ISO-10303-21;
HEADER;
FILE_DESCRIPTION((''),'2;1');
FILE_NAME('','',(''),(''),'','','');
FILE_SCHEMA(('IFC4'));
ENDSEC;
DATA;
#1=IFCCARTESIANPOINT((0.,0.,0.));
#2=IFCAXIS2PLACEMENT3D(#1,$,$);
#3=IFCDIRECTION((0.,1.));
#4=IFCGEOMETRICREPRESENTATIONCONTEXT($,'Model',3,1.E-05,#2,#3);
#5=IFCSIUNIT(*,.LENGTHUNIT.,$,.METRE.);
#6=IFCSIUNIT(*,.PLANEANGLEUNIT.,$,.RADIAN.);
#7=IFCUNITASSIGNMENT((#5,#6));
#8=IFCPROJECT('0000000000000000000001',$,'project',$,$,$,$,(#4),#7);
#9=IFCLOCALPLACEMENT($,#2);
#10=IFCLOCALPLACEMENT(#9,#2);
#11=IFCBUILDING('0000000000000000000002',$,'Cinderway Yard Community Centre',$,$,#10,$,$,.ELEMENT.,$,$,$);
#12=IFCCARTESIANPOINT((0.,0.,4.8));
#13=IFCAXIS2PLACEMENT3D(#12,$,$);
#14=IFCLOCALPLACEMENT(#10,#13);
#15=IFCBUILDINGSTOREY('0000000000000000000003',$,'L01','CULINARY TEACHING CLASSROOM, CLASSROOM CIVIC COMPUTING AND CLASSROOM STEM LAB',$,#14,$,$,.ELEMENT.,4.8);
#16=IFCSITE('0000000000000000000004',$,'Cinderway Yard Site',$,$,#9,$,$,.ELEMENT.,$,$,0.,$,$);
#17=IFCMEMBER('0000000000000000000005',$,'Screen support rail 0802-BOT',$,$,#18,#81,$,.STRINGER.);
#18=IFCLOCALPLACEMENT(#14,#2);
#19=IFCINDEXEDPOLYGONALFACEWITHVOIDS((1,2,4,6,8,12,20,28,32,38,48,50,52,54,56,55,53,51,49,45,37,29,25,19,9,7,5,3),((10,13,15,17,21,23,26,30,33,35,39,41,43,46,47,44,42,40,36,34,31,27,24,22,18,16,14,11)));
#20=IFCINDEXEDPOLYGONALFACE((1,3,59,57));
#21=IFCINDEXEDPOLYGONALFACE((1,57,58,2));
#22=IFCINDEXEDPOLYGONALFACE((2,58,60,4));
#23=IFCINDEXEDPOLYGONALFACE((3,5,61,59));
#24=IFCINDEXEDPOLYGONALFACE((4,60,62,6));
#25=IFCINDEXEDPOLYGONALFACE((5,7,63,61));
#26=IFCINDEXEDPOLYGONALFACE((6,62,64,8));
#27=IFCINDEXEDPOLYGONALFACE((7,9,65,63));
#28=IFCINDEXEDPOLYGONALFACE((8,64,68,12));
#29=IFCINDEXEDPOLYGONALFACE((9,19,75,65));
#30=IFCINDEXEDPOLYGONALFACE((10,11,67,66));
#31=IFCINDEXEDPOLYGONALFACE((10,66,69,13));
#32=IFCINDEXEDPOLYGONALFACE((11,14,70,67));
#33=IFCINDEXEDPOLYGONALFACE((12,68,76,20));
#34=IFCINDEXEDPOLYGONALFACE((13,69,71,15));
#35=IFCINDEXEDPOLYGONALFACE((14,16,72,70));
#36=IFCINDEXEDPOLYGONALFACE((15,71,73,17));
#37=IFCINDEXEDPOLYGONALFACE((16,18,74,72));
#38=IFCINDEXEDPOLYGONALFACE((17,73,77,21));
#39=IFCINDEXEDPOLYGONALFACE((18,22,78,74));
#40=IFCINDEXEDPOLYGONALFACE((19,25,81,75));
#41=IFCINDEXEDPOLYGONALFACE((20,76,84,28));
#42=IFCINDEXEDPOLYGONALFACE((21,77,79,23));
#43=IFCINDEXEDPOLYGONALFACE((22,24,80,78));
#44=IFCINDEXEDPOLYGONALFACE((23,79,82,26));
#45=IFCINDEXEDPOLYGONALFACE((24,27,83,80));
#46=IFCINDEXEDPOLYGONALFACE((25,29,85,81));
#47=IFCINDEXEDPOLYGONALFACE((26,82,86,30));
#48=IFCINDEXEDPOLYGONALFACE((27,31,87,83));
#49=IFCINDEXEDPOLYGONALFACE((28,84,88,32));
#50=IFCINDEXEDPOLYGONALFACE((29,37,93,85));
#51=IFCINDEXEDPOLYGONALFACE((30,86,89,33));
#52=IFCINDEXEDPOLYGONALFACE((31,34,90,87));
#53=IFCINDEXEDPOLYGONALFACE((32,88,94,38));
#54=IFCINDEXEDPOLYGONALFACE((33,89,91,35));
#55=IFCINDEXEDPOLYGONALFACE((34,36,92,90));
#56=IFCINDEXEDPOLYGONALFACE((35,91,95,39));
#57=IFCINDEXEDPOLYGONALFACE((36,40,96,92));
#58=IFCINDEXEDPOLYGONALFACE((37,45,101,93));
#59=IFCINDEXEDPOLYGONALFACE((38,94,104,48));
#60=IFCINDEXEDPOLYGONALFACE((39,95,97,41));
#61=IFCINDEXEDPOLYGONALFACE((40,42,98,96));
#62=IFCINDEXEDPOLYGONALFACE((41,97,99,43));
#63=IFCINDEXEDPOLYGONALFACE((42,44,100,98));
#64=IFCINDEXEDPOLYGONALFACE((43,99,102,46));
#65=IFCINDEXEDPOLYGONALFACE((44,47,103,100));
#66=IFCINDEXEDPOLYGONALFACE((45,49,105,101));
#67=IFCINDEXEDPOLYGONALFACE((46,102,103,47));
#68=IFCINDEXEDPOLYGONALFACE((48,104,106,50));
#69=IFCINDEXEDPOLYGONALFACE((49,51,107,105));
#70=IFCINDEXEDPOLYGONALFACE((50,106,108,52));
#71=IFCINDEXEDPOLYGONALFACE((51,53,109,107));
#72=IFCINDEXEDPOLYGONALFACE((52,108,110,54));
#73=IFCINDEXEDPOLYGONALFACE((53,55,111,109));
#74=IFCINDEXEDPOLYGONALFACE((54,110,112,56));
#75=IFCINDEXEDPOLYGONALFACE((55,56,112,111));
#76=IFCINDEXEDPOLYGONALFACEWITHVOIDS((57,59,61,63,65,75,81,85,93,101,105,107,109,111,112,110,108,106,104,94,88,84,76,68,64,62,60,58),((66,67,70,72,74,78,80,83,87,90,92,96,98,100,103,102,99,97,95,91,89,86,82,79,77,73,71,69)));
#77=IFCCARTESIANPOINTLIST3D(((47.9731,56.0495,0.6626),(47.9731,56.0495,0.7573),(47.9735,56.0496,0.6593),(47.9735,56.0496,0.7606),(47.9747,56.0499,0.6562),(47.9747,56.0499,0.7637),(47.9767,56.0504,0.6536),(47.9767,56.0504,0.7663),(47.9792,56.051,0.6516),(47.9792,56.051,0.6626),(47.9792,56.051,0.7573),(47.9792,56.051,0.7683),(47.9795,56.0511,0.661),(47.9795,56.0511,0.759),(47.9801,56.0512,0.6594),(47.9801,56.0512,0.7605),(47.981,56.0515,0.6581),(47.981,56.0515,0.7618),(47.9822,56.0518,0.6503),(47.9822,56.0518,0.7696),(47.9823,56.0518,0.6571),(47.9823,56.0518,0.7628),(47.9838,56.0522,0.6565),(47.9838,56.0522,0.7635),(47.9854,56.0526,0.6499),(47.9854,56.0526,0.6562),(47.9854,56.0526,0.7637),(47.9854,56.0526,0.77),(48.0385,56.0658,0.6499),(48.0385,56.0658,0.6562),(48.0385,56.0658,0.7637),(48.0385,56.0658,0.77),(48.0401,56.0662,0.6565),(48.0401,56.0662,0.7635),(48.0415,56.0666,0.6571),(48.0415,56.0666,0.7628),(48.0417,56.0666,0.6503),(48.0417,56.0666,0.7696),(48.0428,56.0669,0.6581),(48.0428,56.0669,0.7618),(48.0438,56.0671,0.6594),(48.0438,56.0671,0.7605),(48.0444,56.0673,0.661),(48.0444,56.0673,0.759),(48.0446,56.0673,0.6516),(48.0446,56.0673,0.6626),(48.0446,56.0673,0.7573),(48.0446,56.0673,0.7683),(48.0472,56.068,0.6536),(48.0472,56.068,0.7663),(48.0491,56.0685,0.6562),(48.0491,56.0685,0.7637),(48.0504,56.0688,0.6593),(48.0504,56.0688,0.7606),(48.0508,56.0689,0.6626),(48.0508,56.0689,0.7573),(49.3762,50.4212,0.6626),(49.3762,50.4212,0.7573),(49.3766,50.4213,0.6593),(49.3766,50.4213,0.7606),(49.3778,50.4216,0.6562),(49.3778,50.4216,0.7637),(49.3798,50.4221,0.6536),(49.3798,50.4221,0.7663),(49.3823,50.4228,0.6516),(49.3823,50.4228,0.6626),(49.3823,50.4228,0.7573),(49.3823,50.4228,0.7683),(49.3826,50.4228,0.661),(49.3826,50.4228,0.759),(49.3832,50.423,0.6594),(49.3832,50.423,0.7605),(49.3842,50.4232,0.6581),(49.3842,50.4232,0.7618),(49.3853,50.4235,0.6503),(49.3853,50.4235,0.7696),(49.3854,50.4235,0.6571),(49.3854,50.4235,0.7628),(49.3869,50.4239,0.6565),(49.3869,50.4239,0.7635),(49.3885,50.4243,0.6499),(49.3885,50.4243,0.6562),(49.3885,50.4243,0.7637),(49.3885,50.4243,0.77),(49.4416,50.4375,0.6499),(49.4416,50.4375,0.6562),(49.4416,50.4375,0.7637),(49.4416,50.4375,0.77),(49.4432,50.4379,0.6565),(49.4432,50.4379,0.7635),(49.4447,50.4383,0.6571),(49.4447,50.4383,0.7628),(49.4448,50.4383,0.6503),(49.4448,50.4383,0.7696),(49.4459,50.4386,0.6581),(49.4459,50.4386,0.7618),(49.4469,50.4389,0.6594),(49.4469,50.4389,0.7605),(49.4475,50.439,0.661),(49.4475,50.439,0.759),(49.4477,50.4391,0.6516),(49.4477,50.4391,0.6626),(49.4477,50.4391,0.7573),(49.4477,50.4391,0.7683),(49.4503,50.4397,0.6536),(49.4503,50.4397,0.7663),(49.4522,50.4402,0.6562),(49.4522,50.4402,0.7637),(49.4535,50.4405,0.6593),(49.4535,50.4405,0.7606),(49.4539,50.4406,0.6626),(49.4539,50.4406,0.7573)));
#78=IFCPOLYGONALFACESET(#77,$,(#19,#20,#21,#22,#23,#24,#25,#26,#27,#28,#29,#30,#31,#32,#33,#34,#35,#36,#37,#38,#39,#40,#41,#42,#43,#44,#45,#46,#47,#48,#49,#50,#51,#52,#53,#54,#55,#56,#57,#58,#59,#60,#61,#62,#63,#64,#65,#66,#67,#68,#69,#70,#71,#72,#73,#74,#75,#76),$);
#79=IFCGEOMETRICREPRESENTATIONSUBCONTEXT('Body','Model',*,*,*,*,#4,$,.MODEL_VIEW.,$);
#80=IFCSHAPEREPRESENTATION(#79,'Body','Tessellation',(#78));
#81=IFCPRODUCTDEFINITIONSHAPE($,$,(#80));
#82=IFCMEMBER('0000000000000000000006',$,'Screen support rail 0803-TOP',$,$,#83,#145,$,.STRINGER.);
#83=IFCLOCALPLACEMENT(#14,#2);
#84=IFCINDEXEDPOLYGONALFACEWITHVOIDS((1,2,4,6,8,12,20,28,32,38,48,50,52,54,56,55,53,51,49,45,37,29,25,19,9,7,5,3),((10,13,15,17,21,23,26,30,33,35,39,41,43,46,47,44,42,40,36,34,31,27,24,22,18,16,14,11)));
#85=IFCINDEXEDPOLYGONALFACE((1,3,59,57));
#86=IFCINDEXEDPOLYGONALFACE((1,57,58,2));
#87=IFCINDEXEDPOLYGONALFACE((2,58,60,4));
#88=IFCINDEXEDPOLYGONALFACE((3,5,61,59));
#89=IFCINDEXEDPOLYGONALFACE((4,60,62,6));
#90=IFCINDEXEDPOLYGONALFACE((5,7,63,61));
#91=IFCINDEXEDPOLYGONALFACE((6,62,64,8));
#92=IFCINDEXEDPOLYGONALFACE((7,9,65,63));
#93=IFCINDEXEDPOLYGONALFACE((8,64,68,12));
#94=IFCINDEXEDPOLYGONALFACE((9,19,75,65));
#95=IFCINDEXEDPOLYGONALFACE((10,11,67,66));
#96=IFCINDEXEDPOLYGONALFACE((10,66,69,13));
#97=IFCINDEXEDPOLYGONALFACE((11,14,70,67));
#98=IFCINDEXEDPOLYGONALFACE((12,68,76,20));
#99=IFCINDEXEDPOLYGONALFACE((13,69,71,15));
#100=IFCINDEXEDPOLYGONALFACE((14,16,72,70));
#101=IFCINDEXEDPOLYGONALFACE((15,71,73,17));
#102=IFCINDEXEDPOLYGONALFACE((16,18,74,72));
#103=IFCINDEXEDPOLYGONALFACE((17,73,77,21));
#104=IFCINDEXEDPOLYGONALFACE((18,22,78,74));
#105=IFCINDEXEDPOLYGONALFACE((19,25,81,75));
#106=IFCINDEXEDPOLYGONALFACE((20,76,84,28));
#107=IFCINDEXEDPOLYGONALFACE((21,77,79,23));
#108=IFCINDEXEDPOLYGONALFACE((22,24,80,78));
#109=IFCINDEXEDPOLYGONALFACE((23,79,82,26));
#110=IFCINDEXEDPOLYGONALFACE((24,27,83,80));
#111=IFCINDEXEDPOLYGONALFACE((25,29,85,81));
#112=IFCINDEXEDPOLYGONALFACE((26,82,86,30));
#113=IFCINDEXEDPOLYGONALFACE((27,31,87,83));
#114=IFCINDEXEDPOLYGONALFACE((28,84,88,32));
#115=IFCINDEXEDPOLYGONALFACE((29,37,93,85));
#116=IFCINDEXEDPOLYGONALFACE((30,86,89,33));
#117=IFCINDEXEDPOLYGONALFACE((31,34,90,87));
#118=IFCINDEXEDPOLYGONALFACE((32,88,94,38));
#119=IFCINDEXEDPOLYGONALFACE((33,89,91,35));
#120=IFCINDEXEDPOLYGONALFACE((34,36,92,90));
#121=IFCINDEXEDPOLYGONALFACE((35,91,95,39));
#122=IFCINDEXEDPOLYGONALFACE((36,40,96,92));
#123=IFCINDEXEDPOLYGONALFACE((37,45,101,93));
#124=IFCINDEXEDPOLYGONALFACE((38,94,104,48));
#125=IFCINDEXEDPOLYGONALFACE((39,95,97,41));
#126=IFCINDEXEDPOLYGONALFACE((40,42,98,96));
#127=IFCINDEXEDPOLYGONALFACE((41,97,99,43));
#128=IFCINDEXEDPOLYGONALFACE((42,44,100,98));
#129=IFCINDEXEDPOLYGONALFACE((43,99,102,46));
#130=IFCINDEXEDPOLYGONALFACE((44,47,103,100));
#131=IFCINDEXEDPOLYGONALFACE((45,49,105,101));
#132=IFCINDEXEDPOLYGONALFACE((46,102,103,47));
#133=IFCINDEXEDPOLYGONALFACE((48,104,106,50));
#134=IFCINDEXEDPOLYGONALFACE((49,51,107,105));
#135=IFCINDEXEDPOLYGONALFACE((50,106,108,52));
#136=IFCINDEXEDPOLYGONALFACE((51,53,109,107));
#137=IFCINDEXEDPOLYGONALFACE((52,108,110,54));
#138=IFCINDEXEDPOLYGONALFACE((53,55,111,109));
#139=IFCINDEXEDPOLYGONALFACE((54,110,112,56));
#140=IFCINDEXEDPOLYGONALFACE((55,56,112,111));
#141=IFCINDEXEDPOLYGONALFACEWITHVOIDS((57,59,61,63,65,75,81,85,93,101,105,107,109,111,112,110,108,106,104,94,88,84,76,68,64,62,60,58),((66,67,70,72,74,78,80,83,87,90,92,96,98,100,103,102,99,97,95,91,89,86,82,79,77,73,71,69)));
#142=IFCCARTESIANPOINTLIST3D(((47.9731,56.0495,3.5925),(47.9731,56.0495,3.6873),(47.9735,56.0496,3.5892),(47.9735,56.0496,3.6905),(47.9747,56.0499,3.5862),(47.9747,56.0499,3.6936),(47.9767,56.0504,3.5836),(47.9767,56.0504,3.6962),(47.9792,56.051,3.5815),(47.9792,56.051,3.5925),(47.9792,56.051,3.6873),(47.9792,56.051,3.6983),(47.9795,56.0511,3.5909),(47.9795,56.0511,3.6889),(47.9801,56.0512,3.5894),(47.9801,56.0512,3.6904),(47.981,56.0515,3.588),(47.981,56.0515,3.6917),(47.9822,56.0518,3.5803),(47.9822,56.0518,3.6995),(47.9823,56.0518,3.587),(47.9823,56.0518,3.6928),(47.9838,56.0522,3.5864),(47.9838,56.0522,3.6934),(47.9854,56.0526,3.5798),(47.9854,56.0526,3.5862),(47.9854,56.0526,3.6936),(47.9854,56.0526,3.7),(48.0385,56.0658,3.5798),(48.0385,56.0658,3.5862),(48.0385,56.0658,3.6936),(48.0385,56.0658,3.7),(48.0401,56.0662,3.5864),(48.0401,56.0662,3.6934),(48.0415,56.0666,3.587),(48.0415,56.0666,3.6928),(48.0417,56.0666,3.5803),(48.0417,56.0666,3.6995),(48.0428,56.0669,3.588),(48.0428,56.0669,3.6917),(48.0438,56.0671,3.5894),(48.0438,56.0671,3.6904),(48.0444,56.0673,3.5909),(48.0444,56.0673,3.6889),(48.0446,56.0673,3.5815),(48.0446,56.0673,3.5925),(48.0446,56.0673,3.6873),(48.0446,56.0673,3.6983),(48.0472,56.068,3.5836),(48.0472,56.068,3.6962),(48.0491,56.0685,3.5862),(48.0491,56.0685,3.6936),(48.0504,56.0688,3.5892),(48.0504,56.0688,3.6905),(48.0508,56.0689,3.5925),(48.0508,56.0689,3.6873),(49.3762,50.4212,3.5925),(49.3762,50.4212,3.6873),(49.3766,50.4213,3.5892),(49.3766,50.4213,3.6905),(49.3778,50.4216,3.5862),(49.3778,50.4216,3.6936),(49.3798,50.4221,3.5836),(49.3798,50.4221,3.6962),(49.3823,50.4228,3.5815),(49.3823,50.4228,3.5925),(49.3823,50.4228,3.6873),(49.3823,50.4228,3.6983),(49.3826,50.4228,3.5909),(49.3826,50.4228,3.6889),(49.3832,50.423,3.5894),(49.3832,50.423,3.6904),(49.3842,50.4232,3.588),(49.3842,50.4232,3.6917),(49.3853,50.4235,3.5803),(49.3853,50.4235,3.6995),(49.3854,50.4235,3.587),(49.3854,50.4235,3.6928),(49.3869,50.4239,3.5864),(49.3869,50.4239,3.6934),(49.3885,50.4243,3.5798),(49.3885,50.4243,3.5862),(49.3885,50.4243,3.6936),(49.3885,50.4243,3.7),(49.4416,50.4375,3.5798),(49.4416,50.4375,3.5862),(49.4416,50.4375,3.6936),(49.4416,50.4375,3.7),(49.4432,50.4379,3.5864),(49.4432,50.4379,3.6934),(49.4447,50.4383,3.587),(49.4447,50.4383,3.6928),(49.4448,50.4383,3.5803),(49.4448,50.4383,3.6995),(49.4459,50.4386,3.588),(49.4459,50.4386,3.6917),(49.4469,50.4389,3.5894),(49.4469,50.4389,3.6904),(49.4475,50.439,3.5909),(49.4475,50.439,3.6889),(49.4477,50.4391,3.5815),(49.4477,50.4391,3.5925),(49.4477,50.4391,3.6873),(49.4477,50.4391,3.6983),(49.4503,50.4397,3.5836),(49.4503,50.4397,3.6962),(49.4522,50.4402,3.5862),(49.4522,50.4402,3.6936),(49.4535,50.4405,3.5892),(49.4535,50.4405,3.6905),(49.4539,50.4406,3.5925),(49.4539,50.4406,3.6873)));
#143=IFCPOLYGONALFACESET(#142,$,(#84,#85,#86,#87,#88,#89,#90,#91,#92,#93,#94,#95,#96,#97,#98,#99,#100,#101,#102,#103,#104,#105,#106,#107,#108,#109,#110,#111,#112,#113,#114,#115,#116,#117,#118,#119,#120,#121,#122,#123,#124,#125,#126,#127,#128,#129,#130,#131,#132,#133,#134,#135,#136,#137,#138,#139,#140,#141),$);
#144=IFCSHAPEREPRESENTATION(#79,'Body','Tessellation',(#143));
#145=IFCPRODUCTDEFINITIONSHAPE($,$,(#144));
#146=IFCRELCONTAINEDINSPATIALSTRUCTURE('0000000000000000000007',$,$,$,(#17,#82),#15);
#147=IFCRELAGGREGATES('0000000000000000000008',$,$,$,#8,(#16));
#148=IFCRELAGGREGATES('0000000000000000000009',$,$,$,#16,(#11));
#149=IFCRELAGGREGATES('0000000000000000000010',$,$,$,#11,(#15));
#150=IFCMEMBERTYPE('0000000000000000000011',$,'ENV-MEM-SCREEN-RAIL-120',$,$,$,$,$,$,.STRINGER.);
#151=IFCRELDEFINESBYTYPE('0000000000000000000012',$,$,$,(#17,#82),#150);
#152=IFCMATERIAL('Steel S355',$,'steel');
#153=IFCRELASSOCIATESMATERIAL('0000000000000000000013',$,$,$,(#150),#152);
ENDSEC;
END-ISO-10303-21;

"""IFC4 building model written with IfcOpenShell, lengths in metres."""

from ifc_helpers import new_model, si_unit, direction, frame, origin, origin_2d, place, context, subcontext, project, spatial, hollow_rectangle, extrude, material, material_profile, profile_set, type_object, element, save


model = new_model("IFC4")

# Units and contexts
model_context = context("Model", 3, precision=1e-05, world=origin(), true_north=direction((0.0, 1.0)))
body_context = subcontext(model_context, "Body", "Model", "MODEL_VIEW")
ifc_project = project(units=[si_unit("LENGTHUNIT", "METRE"), si_unit("PLANEANGLEUNIT", "RADIAN")], contexts=[model_context])

# Site, building, storey
site_placement = place(None, origin())
site = spatial("IfcSite", under=ifc_project, at=site_placement, Name="Cinderway Yard Site", CompositionType="ELEMENT", RefElevation=0.0)
building_placement = place(site_placement, origin())
building = spatial("IfcBuilding", under=site, at=building_placement, Name="Cinderway Yard Community Centre", CompositionType="ELEMENT")
storey_placement = place(building_placement, frame((0.0, 0.0, 4.8)))
storey = spatial("IfcBuildingStorey", under=building, at=storey_placement, Name="L01", Description="CULINARY TEACHING CLASSROOM, CLASSROOM CIVIC COMPUTING AND CLASSROOM STEM LAB", CompositionType="ELEMENT", Elevation=4.8)

# Members
ifc_material_1 = material(Name="Steel S355", Category="steel")
ifc_material_profile_1 = material_profile(ifc_material_1, hollow_rectangle(XDim=0.0801, YDim=0.1201, WallThickness=0.0063, InnerFilletRadius=0.0063, OuterFilletRadius=0.0127, at=origin_2d()), Name="Steel S355")
ifc_profile_set_1 = profile_set([ifc_material_profile_1], Name="Steel S355")
member_type_1 = type_object("IfcMemberType", Name="ENV-MEM-SCREEN-RAIL-120", PredefinedType="STRINGER", material=ifc_profile_set_1)
for number, where, z_axis, x_axis, name in (
    (1, (49.415, 50.4309, 0.71), (-0.241892, 0.970303, 0.0), (-0.970303, -0.241892, 0.0), "Screen support rail 0802-BOT"),
    (2, (49.415, 50.4309, 3.6399), (-0.241892, 0.970303, 0.0), (-0.970303, -0.241892, 0.0), "Screen support rail 0803-TOP"),
):
    element("IfcMember", number, at=place(storey_placement, frame(where, z_axis=z_axis, x_axis=x_axis)), inside=storey, type_object=member_type_1, Name=name, PredefinedType="STRINGER", context=body_context, shape_type="SweptSolid", body=[
        extrude(hollow_rectangle(XDim=0.0801, YDim=0.1201, WallThickness=0.0063, InnerFilletRadius=0.0063, OuterFilletRadius=0.0127, at=origin_2d()), origin(), (0.0, 0.0, 1.0), 5.8005),
    ])

save(model, "model.ifc")
